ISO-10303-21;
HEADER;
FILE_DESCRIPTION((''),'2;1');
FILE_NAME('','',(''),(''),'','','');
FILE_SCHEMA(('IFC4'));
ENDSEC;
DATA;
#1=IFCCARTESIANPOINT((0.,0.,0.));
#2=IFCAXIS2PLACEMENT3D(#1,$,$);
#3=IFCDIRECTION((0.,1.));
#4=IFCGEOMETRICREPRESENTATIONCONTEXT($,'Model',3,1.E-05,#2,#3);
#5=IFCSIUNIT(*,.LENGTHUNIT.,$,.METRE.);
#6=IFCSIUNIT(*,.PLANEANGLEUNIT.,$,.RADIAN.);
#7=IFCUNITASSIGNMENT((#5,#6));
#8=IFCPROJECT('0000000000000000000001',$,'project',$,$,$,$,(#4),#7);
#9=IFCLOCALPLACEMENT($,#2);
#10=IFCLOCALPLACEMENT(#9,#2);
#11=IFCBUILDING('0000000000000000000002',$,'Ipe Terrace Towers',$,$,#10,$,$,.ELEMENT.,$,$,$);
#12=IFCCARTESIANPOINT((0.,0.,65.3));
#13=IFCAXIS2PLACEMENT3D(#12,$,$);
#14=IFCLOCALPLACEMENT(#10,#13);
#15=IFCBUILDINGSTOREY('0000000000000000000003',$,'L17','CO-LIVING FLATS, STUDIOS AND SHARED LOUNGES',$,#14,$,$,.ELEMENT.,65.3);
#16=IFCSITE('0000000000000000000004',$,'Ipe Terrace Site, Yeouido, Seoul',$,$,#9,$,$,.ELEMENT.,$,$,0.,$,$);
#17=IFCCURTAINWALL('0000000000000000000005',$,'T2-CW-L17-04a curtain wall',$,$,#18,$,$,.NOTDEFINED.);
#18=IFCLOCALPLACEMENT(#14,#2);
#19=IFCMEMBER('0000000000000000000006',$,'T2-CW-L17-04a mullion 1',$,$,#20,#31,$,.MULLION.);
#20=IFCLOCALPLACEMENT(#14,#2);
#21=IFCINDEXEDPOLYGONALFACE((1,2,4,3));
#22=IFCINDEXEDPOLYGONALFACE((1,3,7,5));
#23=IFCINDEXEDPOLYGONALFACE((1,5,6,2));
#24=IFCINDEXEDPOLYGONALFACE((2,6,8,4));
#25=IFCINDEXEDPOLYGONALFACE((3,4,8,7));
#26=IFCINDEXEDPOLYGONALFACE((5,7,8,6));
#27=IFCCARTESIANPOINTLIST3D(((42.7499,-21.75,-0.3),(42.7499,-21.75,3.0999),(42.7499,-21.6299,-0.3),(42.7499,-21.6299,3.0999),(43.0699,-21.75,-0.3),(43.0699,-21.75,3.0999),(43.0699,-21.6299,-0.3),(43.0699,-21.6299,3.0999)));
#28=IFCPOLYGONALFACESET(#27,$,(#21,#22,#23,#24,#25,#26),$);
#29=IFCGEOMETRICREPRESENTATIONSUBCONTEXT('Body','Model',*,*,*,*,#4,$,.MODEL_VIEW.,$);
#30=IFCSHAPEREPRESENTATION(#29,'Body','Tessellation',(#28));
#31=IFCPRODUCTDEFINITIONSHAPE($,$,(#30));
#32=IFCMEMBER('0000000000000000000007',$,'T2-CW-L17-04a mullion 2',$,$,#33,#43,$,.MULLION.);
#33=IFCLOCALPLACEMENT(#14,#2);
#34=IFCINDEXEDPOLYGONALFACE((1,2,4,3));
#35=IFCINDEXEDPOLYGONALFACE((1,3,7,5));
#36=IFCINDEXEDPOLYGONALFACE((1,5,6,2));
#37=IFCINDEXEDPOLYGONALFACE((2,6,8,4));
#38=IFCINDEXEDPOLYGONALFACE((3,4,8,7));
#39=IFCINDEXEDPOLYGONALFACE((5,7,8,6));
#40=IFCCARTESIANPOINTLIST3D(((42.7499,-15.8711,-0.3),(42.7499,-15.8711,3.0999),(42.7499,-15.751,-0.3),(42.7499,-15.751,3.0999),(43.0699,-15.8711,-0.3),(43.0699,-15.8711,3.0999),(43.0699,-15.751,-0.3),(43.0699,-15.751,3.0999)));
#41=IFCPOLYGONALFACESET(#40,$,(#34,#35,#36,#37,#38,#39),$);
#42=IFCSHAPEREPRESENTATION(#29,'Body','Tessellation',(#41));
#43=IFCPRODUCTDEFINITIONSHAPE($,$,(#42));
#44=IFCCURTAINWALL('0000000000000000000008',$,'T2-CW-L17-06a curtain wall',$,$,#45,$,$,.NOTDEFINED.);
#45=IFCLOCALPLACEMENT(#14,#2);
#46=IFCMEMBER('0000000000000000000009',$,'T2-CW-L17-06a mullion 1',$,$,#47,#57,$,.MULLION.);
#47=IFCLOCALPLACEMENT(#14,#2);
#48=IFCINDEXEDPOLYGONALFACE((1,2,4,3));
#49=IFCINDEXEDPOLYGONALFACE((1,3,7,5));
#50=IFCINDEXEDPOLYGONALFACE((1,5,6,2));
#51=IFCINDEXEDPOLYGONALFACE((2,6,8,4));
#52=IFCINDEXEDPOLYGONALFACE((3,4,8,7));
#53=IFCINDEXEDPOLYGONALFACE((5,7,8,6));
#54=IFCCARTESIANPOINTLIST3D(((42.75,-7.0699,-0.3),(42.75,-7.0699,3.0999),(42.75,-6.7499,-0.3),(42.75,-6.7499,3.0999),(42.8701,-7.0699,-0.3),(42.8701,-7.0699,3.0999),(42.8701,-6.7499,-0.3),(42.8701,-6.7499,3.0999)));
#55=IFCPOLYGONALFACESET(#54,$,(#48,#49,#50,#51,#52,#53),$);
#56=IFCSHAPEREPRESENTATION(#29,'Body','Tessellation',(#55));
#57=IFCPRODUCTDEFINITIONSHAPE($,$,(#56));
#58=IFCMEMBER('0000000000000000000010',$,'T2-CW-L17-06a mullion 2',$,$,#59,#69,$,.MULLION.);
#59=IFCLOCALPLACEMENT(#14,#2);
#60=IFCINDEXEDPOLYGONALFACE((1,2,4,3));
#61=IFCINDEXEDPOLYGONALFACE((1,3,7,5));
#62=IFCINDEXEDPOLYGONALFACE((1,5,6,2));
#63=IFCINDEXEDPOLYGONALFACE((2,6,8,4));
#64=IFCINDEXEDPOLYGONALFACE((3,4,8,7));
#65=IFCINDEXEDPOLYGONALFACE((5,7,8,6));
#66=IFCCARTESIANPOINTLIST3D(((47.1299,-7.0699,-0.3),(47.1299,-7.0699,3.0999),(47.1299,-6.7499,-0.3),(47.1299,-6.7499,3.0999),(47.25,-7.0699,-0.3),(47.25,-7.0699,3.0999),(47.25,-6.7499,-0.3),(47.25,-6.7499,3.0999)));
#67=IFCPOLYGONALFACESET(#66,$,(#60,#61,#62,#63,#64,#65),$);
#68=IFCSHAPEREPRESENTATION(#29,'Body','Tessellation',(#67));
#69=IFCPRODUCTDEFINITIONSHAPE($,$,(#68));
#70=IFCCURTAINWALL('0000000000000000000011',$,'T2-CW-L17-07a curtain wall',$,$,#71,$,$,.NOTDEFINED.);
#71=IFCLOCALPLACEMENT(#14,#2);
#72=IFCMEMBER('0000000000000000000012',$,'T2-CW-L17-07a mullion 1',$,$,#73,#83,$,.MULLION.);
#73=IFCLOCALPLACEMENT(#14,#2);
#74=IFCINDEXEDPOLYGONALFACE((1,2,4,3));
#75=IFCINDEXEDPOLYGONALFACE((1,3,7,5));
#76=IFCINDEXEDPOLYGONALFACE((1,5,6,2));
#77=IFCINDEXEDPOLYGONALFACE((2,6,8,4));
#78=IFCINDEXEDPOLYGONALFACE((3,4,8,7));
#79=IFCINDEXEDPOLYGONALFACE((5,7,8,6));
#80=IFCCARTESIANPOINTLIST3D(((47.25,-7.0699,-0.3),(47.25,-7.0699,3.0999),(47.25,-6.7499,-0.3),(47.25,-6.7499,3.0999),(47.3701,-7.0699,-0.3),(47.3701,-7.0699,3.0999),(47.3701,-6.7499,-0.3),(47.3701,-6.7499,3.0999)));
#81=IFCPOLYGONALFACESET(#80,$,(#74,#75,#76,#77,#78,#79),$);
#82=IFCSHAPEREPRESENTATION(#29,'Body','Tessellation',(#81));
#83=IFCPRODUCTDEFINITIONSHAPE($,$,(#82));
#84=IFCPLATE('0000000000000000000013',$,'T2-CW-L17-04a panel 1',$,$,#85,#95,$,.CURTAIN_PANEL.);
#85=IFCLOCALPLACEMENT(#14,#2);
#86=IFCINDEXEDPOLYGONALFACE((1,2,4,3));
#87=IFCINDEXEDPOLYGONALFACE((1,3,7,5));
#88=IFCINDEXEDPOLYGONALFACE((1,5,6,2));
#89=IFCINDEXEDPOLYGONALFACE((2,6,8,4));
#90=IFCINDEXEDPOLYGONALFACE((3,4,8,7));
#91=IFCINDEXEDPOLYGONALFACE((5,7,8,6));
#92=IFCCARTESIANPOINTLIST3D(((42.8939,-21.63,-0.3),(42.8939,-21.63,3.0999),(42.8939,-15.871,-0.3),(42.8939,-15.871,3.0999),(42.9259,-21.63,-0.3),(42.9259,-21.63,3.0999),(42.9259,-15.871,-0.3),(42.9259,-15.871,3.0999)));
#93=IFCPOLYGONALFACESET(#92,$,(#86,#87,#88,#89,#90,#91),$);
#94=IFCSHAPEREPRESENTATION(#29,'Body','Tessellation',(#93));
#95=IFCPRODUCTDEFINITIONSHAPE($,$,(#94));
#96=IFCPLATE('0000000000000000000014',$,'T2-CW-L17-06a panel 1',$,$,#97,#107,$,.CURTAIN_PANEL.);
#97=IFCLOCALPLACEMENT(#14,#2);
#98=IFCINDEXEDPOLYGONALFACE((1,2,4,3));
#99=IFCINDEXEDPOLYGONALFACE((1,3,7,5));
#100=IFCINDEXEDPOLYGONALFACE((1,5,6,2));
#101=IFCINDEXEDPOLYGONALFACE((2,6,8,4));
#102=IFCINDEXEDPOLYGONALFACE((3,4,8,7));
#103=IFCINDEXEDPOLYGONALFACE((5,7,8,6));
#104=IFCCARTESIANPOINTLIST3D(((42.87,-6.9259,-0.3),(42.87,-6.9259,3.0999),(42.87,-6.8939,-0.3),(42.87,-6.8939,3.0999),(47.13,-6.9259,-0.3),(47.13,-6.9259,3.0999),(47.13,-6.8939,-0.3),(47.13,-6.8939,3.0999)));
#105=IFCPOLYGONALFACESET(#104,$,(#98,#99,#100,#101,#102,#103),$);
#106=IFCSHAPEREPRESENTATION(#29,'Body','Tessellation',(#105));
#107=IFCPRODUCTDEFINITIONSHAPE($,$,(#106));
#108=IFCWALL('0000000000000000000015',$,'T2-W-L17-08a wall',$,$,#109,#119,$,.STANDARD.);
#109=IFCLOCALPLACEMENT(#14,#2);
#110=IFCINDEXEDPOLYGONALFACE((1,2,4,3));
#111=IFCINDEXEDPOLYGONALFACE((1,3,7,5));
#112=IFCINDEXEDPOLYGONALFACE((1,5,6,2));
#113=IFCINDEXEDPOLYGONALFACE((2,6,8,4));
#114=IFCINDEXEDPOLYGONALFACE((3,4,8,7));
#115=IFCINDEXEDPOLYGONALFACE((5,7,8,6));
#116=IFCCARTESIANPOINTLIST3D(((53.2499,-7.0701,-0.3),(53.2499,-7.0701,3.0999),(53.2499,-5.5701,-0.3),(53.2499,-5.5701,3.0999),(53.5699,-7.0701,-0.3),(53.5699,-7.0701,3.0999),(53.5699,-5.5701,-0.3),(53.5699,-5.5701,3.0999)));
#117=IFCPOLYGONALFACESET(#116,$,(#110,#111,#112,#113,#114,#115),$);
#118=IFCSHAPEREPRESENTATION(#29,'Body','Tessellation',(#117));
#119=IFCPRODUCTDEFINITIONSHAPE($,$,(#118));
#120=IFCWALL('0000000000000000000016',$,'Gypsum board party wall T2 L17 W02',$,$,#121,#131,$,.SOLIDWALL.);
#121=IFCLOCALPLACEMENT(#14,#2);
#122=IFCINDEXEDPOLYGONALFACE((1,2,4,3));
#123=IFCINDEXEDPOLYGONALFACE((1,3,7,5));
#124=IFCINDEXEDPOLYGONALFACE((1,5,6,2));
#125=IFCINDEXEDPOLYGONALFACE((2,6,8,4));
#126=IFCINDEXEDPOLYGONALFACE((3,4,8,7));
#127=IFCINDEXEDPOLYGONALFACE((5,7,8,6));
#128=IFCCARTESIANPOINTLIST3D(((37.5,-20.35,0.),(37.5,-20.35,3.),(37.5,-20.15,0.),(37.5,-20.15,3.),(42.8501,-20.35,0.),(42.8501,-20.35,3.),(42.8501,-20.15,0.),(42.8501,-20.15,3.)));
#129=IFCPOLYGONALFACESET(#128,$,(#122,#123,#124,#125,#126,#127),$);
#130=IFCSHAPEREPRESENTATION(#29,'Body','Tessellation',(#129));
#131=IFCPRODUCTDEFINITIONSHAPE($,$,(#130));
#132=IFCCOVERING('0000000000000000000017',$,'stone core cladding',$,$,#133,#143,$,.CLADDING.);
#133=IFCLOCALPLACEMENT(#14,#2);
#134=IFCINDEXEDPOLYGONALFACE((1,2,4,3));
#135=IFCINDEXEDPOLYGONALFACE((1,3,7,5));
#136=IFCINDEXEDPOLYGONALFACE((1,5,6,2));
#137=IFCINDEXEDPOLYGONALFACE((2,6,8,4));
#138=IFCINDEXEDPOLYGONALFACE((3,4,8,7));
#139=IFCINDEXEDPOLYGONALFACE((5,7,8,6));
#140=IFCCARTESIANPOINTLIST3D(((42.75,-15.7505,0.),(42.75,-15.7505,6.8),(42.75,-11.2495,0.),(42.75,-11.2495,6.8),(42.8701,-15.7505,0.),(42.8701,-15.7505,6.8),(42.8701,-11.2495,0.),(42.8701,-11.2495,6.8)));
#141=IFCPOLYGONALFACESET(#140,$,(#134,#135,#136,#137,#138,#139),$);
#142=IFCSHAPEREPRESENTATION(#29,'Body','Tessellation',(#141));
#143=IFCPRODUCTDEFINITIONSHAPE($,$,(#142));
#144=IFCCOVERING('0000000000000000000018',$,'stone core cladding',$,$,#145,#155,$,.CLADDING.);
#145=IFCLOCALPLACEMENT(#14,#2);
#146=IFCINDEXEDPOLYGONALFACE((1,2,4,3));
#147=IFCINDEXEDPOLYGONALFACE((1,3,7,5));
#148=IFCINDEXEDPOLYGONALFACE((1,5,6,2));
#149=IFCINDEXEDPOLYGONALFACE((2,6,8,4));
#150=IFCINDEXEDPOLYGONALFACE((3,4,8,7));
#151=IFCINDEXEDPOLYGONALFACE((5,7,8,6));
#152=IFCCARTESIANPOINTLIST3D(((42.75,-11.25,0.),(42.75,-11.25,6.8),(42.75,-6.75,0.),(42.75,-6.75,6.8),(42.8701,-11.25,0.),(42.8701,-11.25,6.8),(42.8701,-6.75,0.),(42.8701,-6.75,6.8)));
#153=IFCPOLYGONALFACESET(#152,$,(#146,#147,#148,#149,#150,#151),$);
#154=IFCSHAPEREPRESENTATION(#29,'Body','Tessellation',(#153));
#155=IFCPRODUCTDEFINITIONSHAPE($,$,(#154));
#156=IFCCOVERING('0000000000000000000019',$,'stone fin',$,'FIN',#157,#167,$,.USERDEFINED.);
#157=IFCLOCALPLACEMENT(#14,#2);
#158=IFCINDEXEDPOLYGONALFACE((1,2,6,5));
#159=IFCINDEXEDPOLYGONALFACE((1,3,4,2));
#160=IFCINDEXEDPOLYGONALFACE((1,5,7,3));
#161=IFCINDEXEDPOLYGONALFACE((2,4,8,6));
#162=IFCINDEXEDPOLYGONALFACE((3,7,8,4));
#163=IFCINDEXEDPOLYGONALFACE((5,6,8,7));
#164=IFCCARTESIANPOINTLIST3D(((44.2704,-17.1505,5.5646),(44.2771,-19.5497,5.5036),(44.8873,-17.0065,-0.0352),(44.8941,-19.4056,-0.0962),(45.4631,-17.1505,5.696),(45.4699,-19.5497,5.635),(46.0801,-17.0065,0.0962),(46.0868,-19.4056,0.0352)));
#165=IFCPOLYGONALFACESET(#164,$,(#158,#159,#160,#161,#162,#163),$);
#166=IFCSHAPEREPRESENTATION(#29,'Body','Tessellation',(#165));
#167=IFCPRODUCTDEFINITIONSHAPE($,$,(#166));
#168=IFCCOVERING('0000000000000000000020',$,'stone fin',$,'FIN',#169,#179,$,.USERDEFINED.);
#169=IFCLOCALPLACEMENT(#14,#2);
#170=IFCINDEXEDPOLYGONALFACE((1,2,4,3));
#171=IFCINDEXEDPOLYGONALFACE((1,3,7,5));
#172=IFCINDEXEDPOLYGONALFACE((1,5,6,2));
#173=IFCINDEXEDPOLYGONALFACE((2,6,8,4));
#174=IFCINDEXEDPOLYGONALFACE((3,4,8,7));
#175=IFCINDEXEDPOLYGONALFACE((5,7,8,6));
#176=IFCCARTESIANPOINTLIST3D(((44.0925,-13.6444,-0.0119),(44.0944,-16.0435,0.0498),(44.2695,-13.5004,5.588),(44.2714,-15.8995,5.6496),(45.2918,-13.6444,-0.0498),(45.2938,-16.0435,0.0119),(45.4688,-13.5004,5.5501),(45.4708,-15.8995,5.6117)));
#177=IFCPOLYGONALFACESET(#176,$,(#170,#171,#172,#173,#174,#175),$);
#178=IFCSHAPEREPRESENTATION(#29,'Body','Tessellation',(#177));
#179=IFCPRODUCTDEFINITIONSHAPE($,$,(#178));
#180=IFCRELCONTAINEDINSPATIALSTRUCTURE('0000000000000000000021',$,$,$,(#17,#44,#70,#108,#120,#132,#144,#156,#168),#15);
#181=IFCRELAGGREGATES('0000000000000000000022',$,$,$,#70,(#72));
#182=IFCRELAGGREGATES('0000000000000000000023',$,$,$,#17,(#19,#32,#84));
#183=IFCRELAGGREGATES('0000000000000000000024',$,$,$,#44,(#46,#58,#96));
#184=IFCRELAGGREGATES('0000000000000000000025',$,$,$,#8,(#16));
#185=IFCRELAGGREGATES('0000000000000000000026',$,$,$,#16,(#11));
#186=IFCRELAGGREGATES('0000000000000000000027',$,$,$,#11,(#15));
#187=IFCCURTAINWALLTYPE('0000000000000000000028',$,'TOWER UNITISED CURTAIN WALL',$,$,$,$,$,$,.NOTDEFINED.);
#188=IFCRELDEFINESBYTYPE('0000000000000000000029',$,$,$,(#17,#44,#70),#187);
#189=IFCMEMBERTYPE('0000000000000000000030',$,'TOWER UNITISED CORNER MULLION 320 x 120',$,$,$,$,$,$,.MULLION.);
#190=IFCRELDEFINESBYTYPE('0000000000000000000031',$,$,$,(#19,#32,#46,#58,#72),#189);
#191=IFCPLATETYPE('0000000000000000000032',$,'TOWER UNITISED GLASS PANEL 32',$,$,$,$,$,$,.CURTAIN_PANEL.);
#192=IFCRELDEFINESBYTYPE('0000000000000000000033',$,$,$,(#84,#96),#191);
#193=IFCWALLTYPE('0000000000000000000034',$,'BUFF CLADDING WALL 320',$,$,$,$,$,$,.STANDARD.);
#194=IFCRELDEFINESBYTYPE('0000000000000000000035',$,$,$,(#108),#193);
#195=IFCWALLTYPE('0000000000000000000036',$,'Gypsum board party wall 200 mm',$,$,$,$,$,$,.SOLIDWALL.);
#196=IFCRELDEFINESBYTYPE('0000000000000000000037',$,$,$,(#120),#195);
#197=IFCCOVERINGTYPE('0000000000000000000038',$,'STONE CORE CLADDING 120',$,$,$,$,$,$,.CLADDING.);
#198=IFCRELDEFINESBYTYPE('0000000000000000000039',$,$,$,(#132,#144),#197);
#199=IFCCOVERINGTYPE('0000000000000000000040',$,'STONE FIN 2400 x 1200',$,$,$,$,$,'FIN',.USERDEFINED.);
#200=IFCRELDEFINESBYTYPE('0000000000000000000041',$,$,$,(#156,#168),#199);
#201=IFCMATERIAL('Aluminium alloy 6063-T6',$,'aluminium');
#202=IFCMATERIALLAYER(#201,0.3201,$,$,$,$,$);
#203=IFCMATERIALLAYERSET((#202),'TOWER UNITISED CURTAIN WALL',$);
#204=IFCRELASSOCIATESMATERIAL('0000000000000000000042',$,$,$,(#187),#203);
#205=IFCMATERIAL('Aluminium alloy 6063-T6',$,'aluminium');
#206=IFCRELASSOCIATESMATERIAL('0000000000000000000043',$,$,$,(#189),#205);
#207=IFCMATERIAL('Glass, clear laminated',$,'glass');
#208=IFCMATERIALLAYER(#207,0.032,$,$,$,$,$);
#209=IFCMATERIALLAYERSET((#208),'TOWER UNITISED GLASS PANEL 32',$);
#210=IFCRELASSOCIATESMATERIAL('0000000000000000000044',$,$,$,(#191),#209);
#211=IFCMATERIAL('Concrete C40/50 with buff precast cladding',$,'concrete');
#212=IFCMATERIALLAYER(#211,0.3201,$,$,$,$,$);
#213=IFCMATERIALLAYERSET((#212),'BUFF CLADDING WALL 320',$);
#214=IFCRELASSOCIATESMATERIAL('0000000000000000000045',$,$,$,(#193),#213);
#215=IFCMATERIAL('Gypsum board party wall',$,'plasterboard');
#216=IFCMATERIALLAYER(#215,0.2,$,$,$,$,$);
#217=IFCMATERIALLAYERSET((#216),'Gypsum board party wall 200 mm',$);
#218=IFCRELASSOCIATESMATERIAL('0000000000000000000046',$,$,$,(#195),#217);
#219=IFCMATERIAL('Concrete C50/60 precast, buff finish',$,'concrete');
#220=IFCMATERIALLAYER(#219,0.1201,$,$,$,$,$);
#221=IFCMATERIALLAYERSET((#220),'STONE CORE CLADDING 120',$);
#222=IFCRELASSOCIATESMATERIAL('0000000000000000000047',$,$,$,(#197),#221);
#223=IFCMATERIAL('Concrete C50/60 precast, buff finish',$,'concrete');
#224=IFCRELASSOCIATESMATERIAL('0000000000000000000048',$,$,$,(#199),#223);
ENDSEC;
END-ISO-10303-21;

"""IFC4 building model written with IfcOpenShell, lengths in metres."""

from ifc_helpers import new_model, si_unit, direction, frame, frame_2d, origin, origin_2d, place, context, subcontext, project, spatial, rectangle, extrude, material, layer, layer_set, material_profile, profile_set, type_object, element, aggregate, save


model = new_model("IFC4")

# Units and contexts
model_context = context("Model", 3, precision=1e-05, world=origin(), true_north=direction((0.0, 1.0)))
body_context = subcontext(model_context, "Body", "Model", "MODEL_VIEW")
ifc_project = project(units=[si_unit("LENGTHUNIT", "METRE"), si_unit("PLANEANGLEUNIT", "RADIAN")], contexts=[model_context])

# Site, building, storey
site_placement = place(None, origin())
site = spatial("IfcSite", under=ifc_project, at=site_placement, Name="Ipe Terrace Site, Yeouido, Seoul", CompositionType="ELEMENT", RefElevation=0.0)
building_placement = place(site_placement, origin())
building = spatial("IfcBuilding", under=site, at=building_placement, Name="Ipe Terrace Towers", CompositionType="ELEMENT")
storey_placement = place(building_placement, frame((0.0, 0.0, 65.3)))
storey = spatial("IfcBuildingStorey", under=building, at=storey_placement, Name="L17", Description="CO-LIVING FLATS, STUDIOS AND SHARED LOUNGES", CompositionType="ELEMENT", Elevation=65.3)

# Curtain walls, members
ifc_material_1 = material(Name="Aluminium alloy 6063-T6", Category="aluminium")
ifc_layer_1 = layer(ifc_material_1, 0.3201)
ifc_layer_set_1 = layer_set([ifc_layer_1], Name="TOWER UNITISED CURTAIN WALL")
curtain_wall_type = type_object("IfcCurtainWallType", Name="TOWER UNITISED CURTAIN WALL", PredefinedType="NOTDEFINED", material=ifc_layer_set_1)
curtain_wall_1_placement = place(storey_placement, origin())
curtain_wall_1 = element("IfcCurtainWall", 1, at=curtain_wall_1_placement, inside=storey, type_object=curtain_wall_type, Name="T2-CW-L17-04a curtain wall", PredefinedType="NOTDEFINED")
ifc_material_2 = material(Name="Aluminium alloy 6063-T6", Category="aluminium")
ifc_material_profile_1 = material_profile(ifc_material_2, rectangle(XDim=0.3201, YDim=0.1201, at=origin_2d()), Name="TOWER UNITISED CORNER MULLION 320 x 120")
ifc_profile_set_1 = profile_set([ifc_material_profile_1], Name="Aluminium alloy 6063-T6")
member_type = type_object("IfcMemberType", Name="TOWER UNITISED CORNER MULLION 320 x 120", PredefinedType="MULLION", material=ifc_profile_set_1)
member_1_placement = place(storey_placement, frame((42.9099, -21.6899, -0.3), z_axis=(0.0, 0.0, 1.0), x_axis=(1.0, 0.0, 0.0)))
member_1 = element("IfcMember", 2, at=member_1_placement, type_object=member_type, Name="T2-CW-L17-04a mullion 1", PredefinedType="MULLION", context=body_context, shape_type="SweptSolid", body=[
    extrude(rectangle(XDim=0.3201, YDim=0.1201, at=origin_2d()), origin(), (0.0, 0.0, 1.0), 3.3999),
])
member_2_placement = place(storey_placement, frame((42.9099, -15.811, -0.3), z_axis=(0.0, 0.0, 1.0), x_axis=(1.0, 0.0, 0.0)))
member_2 = element("IfcMember", 3, at=member_2_placement, type_object=member_type, Name="T2-CW-L17-04a mullion 2", PredefinedType="MULLION", context=body_context, shape_type="SweptSolid", body=[
    extrude(rectangle(XDim=0.3201, YDim=0.1201, at=origin_2d()), origin(), (0.0, 0.0, 1.0), 3.3999),
])
curtain_wall_2_placement = place(storey_placement, origin())
curtain_wall_2 = element("IfcCurtainWall", 4, at=curtain_wall_2_placement, inside=storey, type_object=curtain_wall_type, Name="T2-CW-L17-06a curtain wall", PredefinedType="NOTDEFINED")
member_3_placement = place(storey_placement, frame((42.8101, -6.9099, -0.3), z_axis=(0.0, 0.0, 1.0), x_axis=(0.0, -1.0, 0.0)))
member_3 = element("IfcMember", 5, at=member_3_placement, type_object=member_type, Name="T2-CW-L17-06a mullion 1", PredefinedType="MULLION", context=body_context, shape_type="SweptSolid", body=[
    extrude(rectangle(XDim=0.3201, YDim=0.1201, at=origin_2d()), origin(), (0.0, 0.0, 1.0), 3.3999),
])
member_4_placement = place(storey_placement, frame((47.1899, -6.9099, -0.3), z_axis=(0.0, 0.0, 1.0), x_axis=(0.0, -1.0, 0.0)))
member_4 = element("IfcMember", 6, at=member_4_placement, type_object=member_type, Name="T2-CW-L17-06a mullion 2", PredefinedType="MULLION", context=body_context, shape_type="SweptSolid", body=[
    extrude(rectangle(XDim=0.3201, YDim=0.1201, at=origin_2d()), origin(), (0.0, 0.0, 1.0), 3.3999),
])

# Curtain wall, member
curtain_wall_3_placement = place(storey_placement, origin())
curtain_wall_3 = element("IfcCurtainWall", 7, at=curtain_wall_3_placement, inside=storey, type_object=curtain_wall_type, Name="T2-CW-L17-07a curtain wall", PredefinedType="NOTDEFINED")
member_5_placement = place(storey_placement, frame((47.3101, -6.9099, -0.3), z_axis=(0.0, 0.0, 1.0), x_axis=(0.0, -1.0, 0.0)))
member_5 = element("IfcMember", 8, at=member_5_placement, type_object=member_type, Name="T2-CW-L17-07a mullion 1", PredefinedType="MULLION", context=body_context, shape_type="SweptSolid", body=[
    extrude(rectangle(XDim=0.3201, YDim=0.1201, at=origin_2d()), origin(), (0.0, 0.0, 1.0), 3.3999),
])
aggregate(curtain_wall_3, [member_5])

# Plates
ifc_material_3 = material(Name="Glass, clear laminated", Category="glass")
ifc_layer_2 = layer(ifc_material_3, 0.032)
ifc_layer_set_2 = layer_set([ifc_layer_2], Name="TOWER UNITISED GLASS PANEL 32")
plate_type = type_object("IfcPlateType", Name="TOWER UNITISED GLASS PANEL 32", PredefinedType="CURTAIN_PANEL", material=ifc_layer_set_2)
plate_1_placement = place(storey_placement, frame((42.9099, -18.7505, -0.3), z_axis=(0.0, 0.0, 1.0), x_axis=(0.0, 1.0, 0.0)))
plate_1 = element("IfcPlate", 9, at=plate_1_placement, type_object=plate_type, Name="T2-CW-L17-04a panel 1", PredefinedType="CURTAIN_PANEL", context=body_context, shape_type="SweptSolid", body=[
    extrude(rectangle(XDim=5.759, YDim=0.032, at=origin_2d()), origin(), (0.0, 0.0, 1.0), 3.3999),
])
aggregate(curtain_wall_1, [member_1, member_2, plate_1])
plate_2_placement = place(storey_placement, frame((45.0, -6.9099, -0.3), z_axis=(0.0, 0.0, 1.0), x_axis=(1.0, 0.0, 0.0)))
plate_2 = element("IfcPlate", 10, at=plate_2_placement, type_object=plate_type, Name="T2-CW-L17-06a panel 1", PredefinedType="CURTAIN_PANEL", context=body_context, shape_type="SweptSolid", body=[
    extrude(rectangle(XDim=4.26, YDim=0.032, at=origin_2d()), origin(), (0.0, 0.0, 1.0), 3.3999),
])
aggregate(curtain_wall_2, [member_3, member_4, plate_2])

# Walls
ifc_material_4 = material(Name="Concrete C40/50 with buff precast cladding", Category="concrete")
ifc_layer_3 = layer(ifc_material_4, 0.3201)
ifc_layer_set_3 = layer_set([ifc_layer_3], Name="BUFF CLADDING WALL 320")
wall_type_1 = type_object("IfcWallType", Name="BUFF CLADDING WALL 320", PredefinedType="STANDARD", material=ifc_layer_set_3)
wall_1_placement = place(storey_placement, frame((53.4099, -7.0701, -0.3), z_axis=(0.0, 0.0, 1.0), x_axis=(0.0, 1.0, 0.0)))
element("IfcWall", 11, at=wall_1_placement, inside=storey, type_object=wall_type_1, Name="T2-W-L17-08a wall", PredefinedType="STANDARD", context=body_context, shape_type="SweptSolid", body=[
    extrude(rectangle(XDim=1.5, YDim=0.3201, at=frame_2d((0.75, 0.0))), origin(), (0.0, 0.0, 1.0), 3.3999),
])
ifc_material_5 = material(Name="Gypsum board party wall", Category="plasterboard")
ifc_layer_4 = layer(ifc_material_5, 0.2)
ifc_layer_set_4 = layer_set([ifc_layer_4], Name="Gypsum board party wall 200 mm")
wall_type_2 = type_object("IfcWallType", Name="Gypsum board party wall 200 mm", PredefinedType="SOLIDWALL", material=ifc_layer_set_4)
wall_2_placement = place(storey_placement, frame((42.8501, -20.25, 0.0), z_axis=(0.0, 0.0, 1.0), x_axis=(-1.0, 0.0, 0.0)))
element("IfcWall", 12, at=wall_2_placement, inside=storey, type_object=wall_type_2, Name="Gypsum board party wall T2 L17 W02", PredefinedType="SOLIDWALL", context=body_context, shape_type="SweptSolid", body=[
    extrude(rectangle(XDim=5.3501, YDim=0.2, at=frame_2d((2.675, 0.0))), origin(), (0.0, 0.0, 1.0), 3.0),
])

# Coverings
ifc_material_6 = material(Name="Concrete C50/60 precast, buff finish", Category="concrete")
ifc_layer_5 = layer(ifc_material_6, 0.1201)
ifc_layer_set_5 = layer_set([ifc_layer_5], Name="STONE CORE CLADDING 120")
covering_type_1 = type_object("IfcCoveringType", Name="STONE CORE CLADDING 120", PredefinedType="CLADDING", material=ifc_layer_set_5)
covering_1_placement = place(storey_placement, frame((42.8101, -13.5, 0.0), z_axis=(0.0, 0.0, 1.0), x_axis=(0.0, 1.0, 0.0)))
element("IfcCovering", 13, at=covering_1_placement, inside=storey, type_object=covering_type_1, Name="stone core cladding", PredefinedType="CLADDING", context=body_context, shape_type="SweptSolid", body=[
    extrude(rectangle(XDim=4.501, YDim=0.1201, at=origin_2d()), origin(), (0.0, 0.0, 1.0), 6.8),
])
covering_2_placement = place(storey_placement, frame((42.8101, -9.0, 0.0), z_axis=(0.0, 0.0, 1.0), x_axis=(0.0, 1.0, 0.0)))
element("IfcCovering", 14, at=covering_2_placement, inside=storey, type_object=covering_type_1, Name="stone core cladding", PredefinedType="CLADDING", context=body_context, shape_type="SweptSolid", body=[
    extrude(rectangle(XDim=4.5, YDim=0.1201, at=origin_2d()), origin(), (0.0, 0.0, 1.0), 6.8),
])
ifc_material_7 = material(Name="Concrete C50/60 precast, buff finish", Category="concrete")
ifc_material_profile_2 = material_profile(ifc_material_7, rectangle(XDim=2.3999, YDim=1.2, at=origin_2d()), Name="STONE FIN 2400 x 1200")
ifc_profile_set_2 = profile_set([ifc_material_profile_2], Name="Concrete C50/60 precast, buff finish")
covering_type_2 = type_object("IfcCoveringType", Name="STONE FIN 2400 x 1200", ElementType="FIN", PredefinedType="USERDEFINED", material=ifc_profile_set_2)
covering_3_placement = place(storey_placement, frame((45.4871, -18.2061, 0.0), z_axis=(-0.109473, -0.02556, 0.993661), x_axis=(-0.002799, 0.999673, 0.025406)))
element("IfcCovering", 15, at=covering_3_placement, inside=storey, type_object=covering_type_2, Name="stone fin", ObjectType="FIN", PredefinedType="USERDEFINED", context=body_context, shape_type="SweptSolid", body=[
    extrude(rectangle(XDim=2.3999, YDim=1.2, at=origin_2d()), origin(), (0.0, 0.0, 1.0), 5.6355),
])
covering_4_placement = place(storey_placement, frame((44.6931, -14.844, 0.0), z_axis=(0.031582, 0.025701, 0.999171), x_axis=(-0.000812, 0.99967, -0.025688)))
element("IfcCovering", 16, at=covering_4_placement, inside=storey, type_object=covering_type_2, Name="stone fin", ObjectType="FIN", PredefinedType="USERDEFINED", context=body_context, shape_type="SweptSolid", body=[
    extrude(rectangle(XDim=2.3999, YDim=1.2, at=origin_2d()), origin(), (0.0, 0.0, 1.0), 5.6045),
])

save(model, "model.ifc")
